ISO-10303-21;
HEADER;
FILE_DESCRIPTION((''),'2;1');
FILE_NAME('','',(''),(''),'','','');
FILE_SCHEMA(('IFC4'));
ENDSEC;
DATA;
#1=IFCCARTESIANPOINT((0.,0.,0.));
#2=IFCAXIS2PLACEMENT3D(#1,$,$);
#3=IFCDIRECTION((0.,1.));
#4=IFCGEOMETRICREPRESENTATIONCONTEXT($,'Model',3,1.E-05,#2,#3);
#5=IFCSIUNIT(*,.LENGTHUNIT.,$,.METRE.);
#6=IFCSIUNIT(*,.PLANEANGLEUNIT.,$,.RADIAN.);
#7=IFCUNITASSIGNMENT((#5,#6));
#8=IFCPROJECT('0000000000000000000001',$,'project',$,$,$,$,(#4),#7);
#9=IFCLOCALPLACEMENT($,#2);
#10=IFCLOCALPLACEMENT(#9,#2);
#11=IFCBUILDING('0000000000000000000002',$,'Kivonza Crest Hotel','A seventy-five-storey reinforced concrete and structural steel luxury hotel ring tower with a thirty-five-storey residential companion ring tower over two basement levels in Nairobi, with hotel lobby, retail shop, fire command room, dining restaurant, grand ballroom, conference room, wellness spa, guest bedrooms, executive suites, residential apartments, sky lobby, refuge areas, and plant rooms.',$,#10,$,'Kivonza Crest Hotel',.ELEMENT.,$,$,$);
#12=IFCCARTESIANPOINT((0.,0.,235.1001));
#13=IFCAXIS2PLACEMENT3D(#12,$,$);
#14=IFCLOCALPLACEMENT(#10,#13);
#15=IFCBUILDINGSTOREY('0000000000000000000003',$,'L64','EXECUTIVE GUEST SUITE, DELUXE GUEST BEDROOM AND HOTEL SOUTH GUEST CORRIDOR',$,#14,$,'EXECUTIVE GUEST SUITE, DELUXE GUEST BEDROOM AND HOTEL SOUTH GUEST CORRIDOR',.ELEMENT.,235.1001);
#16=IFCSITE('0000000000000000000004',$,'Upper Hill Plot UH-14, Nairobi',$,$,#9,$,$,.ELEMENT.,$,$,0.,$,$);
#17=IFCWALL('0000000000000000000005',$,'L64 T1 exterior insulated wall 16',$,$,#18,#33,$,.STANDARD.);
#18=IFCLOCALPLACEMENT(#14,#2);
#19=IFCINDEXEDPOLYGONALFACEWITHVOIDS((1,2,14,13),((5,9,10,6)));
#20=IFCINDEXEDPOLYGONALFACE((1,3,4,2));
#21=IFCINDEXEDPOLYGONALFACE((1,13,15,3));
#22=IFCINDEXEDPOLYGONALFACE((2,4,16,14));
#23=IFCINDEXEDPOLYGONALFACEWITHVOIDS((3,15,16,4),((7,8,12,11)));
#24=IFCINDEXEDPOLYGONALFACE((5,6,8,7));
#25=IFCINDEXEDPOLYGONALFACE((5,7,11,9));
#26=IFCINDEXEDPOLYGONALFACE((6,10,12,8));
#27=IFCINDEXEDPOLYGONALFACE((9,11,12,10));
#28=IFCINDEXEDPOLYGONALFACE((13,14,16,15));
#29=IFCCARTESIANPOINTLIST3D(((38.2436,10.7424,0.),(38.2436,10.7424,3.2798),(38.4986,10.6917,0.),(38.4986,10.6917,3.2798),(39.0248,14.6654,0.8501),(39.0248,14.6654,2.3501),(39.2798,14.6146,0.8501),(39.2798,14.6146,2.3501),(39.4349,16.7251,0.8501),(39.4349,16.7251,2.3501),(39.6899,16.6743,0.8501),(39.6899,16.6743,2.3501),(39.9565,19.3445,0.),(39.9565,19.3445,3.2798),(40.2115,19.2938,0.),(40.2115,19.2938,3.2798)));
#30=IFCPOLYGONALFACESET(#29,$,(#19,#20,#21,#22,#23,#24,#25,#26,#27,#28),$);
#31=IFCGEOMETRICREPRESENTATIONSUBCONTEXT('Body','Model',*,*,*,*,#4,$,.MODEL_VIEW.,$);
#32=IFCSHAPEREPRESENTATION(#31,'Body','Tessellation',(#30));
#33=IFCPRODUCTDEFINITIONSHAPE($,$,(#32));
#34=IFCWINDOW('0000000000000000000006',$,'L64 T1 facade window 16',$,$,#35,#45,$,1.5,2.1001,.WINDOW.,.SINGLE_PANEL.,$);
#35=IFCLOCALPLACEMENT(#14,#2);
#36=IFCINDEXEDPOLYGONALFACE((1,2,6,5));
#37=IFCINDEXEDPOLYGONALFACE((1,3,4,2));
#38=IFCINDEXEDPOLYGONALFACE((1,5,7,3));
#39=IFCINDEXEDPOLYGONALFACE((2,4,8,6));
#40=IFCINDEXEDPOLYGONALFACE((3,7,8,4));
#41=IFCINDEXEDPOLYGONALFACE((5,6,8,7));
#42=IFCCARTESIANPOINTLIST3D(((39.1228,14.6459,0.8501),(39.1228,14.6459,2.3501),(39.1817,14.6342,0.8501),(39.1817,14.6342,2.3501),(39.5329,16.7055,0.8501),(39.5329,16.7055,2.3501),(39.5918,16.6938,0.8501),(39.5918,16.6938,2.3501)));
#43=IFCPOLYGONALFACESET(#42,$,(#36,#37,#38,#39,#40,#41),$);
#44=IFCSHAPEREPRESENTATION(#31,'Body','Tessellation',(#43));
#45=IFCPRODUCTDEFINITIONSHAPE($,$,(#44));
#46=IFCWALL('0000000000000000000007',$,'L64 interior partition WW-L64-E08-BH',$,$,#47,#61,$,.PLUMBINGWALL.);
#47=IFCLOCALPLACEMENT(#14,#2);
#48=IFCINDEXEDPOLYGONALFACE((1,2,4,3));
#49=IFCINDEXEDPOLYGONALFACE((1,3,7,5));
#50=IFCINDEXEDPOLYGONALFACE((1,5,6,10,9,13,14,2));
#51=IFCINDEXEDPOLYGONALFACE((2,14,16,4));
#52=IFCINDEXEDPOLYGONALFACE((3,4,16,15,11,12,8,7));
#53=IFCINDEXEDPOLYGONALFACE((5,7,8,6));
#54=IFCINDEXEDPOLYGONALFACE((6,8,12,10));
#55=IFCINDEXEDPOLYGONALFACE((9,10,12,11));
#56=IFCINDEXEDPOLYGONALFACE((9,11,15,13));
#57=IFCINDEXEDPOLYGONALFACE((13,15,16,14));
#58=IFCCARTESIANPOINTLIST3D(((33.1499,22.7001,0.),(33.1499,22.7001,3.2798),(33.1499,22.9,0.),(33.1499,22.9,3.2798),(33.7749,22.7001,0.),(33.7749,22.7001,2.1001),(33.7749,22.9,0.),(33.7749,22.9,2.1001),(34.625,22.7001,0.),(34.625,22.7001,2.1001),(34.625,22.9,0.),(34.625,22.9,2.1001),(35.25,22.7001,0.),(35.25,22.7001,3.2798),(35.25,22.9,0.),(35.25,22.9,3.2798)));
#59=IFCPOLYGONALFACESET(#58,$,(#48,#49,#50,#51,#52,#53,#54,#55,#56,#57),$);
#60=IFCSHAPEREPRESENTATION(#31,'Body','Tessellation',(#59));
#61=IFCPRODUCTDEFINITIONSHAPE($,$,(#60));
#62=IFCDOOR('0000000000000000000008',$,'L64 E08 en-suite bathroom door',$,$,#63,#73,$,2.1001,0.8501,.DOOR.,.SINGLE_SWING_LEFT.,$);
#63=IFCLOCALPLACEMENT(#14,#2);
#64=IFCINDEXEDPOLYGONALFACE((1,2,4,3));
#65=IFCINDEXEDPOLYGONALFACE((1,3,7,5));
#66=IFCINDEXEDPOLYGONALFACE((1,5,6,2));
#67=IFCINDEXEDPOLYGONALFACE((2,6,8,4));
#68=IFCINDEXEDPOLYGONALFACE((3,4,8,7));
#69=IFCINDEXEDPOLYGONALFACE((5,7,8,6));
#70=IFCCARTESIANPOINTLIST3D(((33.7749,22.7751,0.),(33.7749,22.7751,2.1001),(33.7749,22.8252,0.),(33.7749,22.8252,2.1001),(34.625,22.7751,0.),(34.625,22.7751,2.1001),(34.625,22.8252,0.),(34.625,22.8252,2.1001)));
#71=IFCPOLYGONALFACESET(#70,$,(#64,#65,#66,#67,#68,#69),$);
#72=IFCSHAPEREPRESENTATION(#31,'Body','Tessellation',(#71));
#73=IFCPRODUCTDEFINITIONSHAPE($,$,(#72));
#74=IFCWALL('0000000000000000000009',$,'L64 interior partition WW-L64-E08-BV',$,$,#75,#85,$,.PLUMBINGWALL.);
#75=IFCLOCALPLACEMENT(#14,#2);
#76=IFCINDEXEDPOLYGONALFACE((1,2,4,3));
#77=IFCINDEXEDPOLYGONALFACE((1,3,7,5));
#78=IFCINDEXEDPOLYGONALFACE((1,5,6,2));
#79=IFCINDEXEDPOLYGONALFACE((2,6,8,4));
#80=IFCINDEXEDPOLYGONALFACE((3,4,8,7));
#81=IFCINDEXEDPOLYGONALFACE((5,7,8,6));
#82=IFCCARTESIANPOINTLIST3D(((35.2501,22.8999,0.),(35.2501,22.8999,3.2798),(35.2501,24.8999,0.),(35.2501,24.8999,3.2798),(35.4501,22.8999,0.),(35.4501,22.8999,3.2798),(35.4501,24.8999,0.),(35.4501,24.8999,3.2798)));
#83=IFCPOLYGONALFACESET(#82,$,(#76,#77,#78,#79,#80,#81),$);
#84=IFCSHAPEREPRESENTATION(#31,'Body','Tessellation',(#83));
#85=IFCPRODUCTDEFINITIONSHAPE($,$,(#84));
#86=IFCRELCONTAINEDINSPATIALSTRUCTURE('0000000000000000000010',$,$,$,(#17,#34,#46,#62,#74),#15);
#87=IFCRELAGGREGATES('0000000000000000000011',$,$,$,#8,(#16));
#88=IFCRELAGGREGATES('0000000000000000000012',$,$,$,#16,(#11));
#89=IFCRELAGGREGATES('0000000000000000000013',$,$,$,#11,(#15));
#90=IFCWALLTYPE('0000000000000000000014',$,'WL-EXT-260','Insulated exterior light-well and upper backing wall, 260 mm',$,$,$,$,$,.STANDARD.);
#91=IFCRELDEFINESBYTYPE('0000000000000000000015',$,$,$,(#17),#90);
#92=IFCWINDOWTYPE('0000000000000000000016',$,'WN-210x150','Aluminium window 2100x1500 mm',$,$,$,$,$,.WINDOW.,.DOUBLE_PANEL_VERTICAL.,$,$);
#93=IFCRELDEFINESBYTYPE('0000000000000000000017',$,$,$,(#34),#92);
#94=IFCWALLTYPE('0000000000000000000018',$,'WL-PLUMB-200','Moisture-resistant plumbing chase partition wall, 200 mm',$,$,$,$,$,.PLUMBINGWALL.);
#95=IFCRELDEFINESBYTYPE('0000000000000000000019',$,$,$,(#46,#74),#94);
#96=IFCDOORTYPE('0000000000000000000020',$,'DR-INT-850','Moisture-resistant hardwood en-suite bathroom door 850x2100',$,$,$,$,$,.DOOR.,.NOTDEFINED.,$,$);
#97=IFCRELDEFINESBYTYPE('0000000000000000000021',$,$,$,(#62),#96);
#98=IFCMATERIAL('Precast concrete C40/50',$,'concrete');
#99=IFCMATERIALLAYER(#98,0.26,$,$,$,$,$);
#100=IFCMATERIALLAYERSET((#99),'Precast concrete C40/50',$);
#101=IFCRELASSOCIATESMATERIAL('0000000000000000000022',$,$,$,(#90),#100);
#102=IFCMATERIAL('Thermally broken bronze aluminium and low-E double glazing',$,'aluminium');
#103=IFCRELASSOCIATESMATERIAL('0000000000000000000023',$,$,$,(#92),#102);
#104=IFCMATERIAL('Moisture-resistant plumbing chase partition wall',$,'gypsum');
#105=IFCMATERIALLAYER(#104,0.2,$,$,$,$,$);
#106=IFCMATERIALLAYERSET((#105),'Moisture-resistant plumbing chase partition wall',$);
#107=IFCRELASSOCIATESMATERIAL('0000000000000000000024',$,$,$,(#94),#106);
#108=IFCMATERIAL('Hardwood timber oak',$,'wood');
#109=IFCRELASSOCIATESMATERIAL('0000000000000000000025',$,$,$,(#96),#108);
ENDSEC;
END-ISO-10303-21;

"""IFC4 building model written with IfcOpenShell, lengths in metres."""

from ifc_helpers import new_model, si_unit, direction, frame, frame_2d, origin, place, context, subcontext, project, spatial, rectangle, extrude, material, layer, layer_set, type_object, element, fill, save


model = new_model("IFC4")

# Units and contexts
model_context = context("Model", 3, precision=1e-05, world=origin(), true_north=direction((0.0, 1.0)))
body_context = subcontext(model_context, "Body", "Model", "MODEL_VIEW")
ifc_project = project(units=[si_unit("LENGTHUNIT", "METRE"), si_unit("PLANEANGLEUNIT", "RADIAN")], contexts=[model_context])

# Site, building, storey
site_placement = place(None, origin())
site = spatial("IfcSite", under=ifc_project, at=site_placement, Name="Upper Hill Plot UH-14, Nairobi", CompositionType="ELEMENT", RefElevation=0.0)
building_placement = place(site_placement, origin())
building = spatial("IfcBuilding", under=site, at=building_placement, Name="Kivonza Crest Hotel", Description="A seventy-five-storey reinforced concrete and structural steel luxury hotel ring tower with a thirty-five-storey residential companion ring tower over two basement levels in Nairobi, with hotel lobby, retail shop, fire command room, dining restaurant, grand ballroom, conference room, wellness spa, guest bedrooms, executive suites, residential apartments, sky lobby, refuge areas, and plant rooms.", LongName="Kivonza Crest Hotel", CompositionType="ELEMENT")
storey_placement = place(building_placement, frame((0.0, 0.0, 235.1001)))
storey = spatial("IfcBuildingStorey", under=building, at=storey_placement, Name="L64", Description="EXECUTIVE GUEST SUITE, DELUXE GUEST BEDROOM AND HOTEL SOUTH GUEST CORRIDOR", LongName="EXECUTIVE GUEST SUITE, DELUXE GUEST BEDROOM AND HOTEL SOUTH GUEST CORRIDOR", CompositionType="ELEMENT", Elevation=235.1001)

# Shared definitions
ifc_material_1 = material(Name="Hardwood timber oak", Category="wood")

# Shared definitions
ifc_material_2 = material(Name="Precast concrete C40/50", Category="concrete")
ifc_layer_1 = layer(ifc_material_2, 0.26)
ifc_layer_set_1 = layer_set([ifc_layer_1], Name="Precast concrete C40/50")
wall_type_1 = type_object("IfcWallType", Name="WL-EXT-260", Description="Insulated exterior light-well and upper backing wall, 260 mm", PredefinedType="STANDARD", material=ifc_layer_set_1)

# Wall, opening, window
wall_1_placement = place(storey_placement, frame((38.3711, 10.717, 0.0), z_axis=(0.0, 0.0, 1.0), x_axis=(0.195292, 0.980745, 0.0)))
wall_1 = element("IfcWall", 1, at=wall_1_placement, inside=storey, type_object=wall_type_1, Name="L64 T1 exterior insulated wall 16", PredefinedType="STANDARD", context=body_context, shape_type="SweptSolid", body=[
    extrude(rectangle(XDim=8.771, YDim=0.26, at=frame_2d((4.3855, 0.0))), origin(), (0.0, 0.0, 1.0), 3.2798),
])
opening_1_placement = place(wall_1_placement, frame((4.0, 0.0, 0.8501)))
opening_1 = element("IfcOpeningElement", 2, at=opening_1_placement, cuts=wall_1, PredefinedType="OPENING", context=body_context, shape_type="SweptSolid", body=[
    extrude(rectangle(XDim=2.1001, YDim=1.5, at=frame_2d((1.05, 0.75))), frame((0.0, 0.1401, 0.0), z_axis=(0.0, -1.0, 0.0), x_axis=(1.0, 0.0, 0.0)), (0.0, 0.0, 1.0), 0.28),
])
ifc_material_3 = material(Name="Thermally broken bronze aluminium and low-E double glazing", Category="aluminium")
window_type = type_object("IfcWindowType", Name="WN-210x150", Description="Aluminium window 2100x1500 mm", PartitioningType="DOUBLE_PANEL_VERTICAL", PredefinedType="WINDOW", material=ifc_material_3)
window_placement = place(opening_1_placement, origin())
window = element("IfcWindow", 3, at=window_placement, inside=storey, type_object=window_type, Name="L64 T1 facade window 16", OverallHeight=1.5, OverallWidth=2.1001, PartitioningType="SINGLE_PANEL", PredefinedType="WINDOW", context=body_context, shape_type="SweptSolid", body=[
    extrude(rectangle(XDim=2.1001, YDim=1.5, at=frame_2d((1.05, 0.75))), frame((0.0, 0.03, 0.0), z_axis=(0.0, -1.0, 0.0), x_axis=(1.0, 0.0, 0.0)), (0.0, 0.0, 1.0), 0.0601),
])
fill(opening_1, window)

# Wall, opening, door
ifc_material_4 = material(Name="Moisture-resistant plumbing chase partition wall", Category="gypsum")
ifc_layer_2 = layer(ifc_material_4, 0.2)
ifc_layer_set_2 = layer_set([ifc_layer_2], Name="Moisture-resistant plumbing chase partition wall")
wall_type_2 = type_object("IfcWallType", Name="WL-PLUMB-200", Description="Moisture-resistant plumbing chase partition wall, 200 mm", PredefinedType="PLUMBINGWALL", material=ifc_layer_set_2)
wall_2_placement = place(storey_placement, frame((33.1499, 22.8, 0.0), z_axis=(0.0, 0.0, 1.0), x_axis=(1.0, 0.0, 0.0)))
wall_2 = element("IfcWall", 4, at=wall_2_placement, inside=storey, type_object=wall_type_2, Name="L64 interior partition WW-L64-E08-BH", PredefinedType="PLUMBINGWALL", context=body_context, shape_type="SweptSolid", body=[
    extrude(rectangle(XDim=2.1001, YDim=0.2, at=frame_2d((1.05, 0.0))), origin(), (0.0, 0.0, 1.0), 3.2798),
])
opening_2_placement = place(wall_2_placement, frame((0.625, 0.0, 0.0)))
opening_2 = element("IfcOpeningElement", 5, at=opening_2_placement, cuts=wall_2, PredefinedType="OPENING", context=body_context, shape_type="SweptSolid", body=[
    extrude(rectangle(XDim=0.8501, YDim=2.1001, at=frame_2d((0.425, 1.05))), frame((0.0, 0.1099, 0.0), z_axis=(0.0, -1.0, 0.0), x_axis=(1.0, 0.0, 0.0)), (0.0, 0.0, 1.0), 0.22),
])
door_type_1 = type_object("IfcDoorType", Name="DR-INT-850", Description="Moisture-resistant hardwood en-suite bathroom door 850x2100", OperationType="NOTDEFINED", PredefinedType="DOOR", material=ifc_material_1)
door_1_placement = place(opening_2_placement, frame((0.8501, 0.0, 0.0), z_axis=(0.0, 0.0, 1.0), x_axis=(-1.0, 0.0, 0.0)))
door_1 = element("IfcDoor", 6, at=door_1_placement, inside=storey, type_object=door_type_1, Name="L64 E08 en-suite bathroom door", OperationType="SINGLE_SWING_LEFT", OverallHeight=2.1001, OverallWidth=0.8501, PredefinedType="DOOR", context=body_context, shape_type="SweptSolid", body=[
    extrude(rectangle(XDim=0.8501, YDim=2.1001, at=frame_2d((0.425, 1.05))), frame((0.0, 0.0249, 0.0), z_axis=(0.0, -1.0, 0.0), x_axis=(1.0, 0.0, 0.0)), (0.0, 0.0, 1.0), 0.05),
])
fill(opening_2, door_1)

# Wall
wall_3_placement = place(storey_placement, frame((35.3501, 22.8999, 0.0), z_axis=(0.0, 0.0, 1.0), x_axis=(0.0, 1.0, 0.0)))
element("IfcWall", 7, at=wall_3_placement, inside=storey, type_object=wall_type_2, Name="L64 interior partition WW-L64-E08-BV", PredefinedType="PLUMBINGWALL", context=body_context, shape_type="SweptSolid", body=[
    extrude(rectangle(XDim=2.0, YDim=0.2, at=frame_2d((1.0, 0.0))), origin(), (0.0, 0.0, 1.0), 3.2798),
])

save(model, "model.ifc")
